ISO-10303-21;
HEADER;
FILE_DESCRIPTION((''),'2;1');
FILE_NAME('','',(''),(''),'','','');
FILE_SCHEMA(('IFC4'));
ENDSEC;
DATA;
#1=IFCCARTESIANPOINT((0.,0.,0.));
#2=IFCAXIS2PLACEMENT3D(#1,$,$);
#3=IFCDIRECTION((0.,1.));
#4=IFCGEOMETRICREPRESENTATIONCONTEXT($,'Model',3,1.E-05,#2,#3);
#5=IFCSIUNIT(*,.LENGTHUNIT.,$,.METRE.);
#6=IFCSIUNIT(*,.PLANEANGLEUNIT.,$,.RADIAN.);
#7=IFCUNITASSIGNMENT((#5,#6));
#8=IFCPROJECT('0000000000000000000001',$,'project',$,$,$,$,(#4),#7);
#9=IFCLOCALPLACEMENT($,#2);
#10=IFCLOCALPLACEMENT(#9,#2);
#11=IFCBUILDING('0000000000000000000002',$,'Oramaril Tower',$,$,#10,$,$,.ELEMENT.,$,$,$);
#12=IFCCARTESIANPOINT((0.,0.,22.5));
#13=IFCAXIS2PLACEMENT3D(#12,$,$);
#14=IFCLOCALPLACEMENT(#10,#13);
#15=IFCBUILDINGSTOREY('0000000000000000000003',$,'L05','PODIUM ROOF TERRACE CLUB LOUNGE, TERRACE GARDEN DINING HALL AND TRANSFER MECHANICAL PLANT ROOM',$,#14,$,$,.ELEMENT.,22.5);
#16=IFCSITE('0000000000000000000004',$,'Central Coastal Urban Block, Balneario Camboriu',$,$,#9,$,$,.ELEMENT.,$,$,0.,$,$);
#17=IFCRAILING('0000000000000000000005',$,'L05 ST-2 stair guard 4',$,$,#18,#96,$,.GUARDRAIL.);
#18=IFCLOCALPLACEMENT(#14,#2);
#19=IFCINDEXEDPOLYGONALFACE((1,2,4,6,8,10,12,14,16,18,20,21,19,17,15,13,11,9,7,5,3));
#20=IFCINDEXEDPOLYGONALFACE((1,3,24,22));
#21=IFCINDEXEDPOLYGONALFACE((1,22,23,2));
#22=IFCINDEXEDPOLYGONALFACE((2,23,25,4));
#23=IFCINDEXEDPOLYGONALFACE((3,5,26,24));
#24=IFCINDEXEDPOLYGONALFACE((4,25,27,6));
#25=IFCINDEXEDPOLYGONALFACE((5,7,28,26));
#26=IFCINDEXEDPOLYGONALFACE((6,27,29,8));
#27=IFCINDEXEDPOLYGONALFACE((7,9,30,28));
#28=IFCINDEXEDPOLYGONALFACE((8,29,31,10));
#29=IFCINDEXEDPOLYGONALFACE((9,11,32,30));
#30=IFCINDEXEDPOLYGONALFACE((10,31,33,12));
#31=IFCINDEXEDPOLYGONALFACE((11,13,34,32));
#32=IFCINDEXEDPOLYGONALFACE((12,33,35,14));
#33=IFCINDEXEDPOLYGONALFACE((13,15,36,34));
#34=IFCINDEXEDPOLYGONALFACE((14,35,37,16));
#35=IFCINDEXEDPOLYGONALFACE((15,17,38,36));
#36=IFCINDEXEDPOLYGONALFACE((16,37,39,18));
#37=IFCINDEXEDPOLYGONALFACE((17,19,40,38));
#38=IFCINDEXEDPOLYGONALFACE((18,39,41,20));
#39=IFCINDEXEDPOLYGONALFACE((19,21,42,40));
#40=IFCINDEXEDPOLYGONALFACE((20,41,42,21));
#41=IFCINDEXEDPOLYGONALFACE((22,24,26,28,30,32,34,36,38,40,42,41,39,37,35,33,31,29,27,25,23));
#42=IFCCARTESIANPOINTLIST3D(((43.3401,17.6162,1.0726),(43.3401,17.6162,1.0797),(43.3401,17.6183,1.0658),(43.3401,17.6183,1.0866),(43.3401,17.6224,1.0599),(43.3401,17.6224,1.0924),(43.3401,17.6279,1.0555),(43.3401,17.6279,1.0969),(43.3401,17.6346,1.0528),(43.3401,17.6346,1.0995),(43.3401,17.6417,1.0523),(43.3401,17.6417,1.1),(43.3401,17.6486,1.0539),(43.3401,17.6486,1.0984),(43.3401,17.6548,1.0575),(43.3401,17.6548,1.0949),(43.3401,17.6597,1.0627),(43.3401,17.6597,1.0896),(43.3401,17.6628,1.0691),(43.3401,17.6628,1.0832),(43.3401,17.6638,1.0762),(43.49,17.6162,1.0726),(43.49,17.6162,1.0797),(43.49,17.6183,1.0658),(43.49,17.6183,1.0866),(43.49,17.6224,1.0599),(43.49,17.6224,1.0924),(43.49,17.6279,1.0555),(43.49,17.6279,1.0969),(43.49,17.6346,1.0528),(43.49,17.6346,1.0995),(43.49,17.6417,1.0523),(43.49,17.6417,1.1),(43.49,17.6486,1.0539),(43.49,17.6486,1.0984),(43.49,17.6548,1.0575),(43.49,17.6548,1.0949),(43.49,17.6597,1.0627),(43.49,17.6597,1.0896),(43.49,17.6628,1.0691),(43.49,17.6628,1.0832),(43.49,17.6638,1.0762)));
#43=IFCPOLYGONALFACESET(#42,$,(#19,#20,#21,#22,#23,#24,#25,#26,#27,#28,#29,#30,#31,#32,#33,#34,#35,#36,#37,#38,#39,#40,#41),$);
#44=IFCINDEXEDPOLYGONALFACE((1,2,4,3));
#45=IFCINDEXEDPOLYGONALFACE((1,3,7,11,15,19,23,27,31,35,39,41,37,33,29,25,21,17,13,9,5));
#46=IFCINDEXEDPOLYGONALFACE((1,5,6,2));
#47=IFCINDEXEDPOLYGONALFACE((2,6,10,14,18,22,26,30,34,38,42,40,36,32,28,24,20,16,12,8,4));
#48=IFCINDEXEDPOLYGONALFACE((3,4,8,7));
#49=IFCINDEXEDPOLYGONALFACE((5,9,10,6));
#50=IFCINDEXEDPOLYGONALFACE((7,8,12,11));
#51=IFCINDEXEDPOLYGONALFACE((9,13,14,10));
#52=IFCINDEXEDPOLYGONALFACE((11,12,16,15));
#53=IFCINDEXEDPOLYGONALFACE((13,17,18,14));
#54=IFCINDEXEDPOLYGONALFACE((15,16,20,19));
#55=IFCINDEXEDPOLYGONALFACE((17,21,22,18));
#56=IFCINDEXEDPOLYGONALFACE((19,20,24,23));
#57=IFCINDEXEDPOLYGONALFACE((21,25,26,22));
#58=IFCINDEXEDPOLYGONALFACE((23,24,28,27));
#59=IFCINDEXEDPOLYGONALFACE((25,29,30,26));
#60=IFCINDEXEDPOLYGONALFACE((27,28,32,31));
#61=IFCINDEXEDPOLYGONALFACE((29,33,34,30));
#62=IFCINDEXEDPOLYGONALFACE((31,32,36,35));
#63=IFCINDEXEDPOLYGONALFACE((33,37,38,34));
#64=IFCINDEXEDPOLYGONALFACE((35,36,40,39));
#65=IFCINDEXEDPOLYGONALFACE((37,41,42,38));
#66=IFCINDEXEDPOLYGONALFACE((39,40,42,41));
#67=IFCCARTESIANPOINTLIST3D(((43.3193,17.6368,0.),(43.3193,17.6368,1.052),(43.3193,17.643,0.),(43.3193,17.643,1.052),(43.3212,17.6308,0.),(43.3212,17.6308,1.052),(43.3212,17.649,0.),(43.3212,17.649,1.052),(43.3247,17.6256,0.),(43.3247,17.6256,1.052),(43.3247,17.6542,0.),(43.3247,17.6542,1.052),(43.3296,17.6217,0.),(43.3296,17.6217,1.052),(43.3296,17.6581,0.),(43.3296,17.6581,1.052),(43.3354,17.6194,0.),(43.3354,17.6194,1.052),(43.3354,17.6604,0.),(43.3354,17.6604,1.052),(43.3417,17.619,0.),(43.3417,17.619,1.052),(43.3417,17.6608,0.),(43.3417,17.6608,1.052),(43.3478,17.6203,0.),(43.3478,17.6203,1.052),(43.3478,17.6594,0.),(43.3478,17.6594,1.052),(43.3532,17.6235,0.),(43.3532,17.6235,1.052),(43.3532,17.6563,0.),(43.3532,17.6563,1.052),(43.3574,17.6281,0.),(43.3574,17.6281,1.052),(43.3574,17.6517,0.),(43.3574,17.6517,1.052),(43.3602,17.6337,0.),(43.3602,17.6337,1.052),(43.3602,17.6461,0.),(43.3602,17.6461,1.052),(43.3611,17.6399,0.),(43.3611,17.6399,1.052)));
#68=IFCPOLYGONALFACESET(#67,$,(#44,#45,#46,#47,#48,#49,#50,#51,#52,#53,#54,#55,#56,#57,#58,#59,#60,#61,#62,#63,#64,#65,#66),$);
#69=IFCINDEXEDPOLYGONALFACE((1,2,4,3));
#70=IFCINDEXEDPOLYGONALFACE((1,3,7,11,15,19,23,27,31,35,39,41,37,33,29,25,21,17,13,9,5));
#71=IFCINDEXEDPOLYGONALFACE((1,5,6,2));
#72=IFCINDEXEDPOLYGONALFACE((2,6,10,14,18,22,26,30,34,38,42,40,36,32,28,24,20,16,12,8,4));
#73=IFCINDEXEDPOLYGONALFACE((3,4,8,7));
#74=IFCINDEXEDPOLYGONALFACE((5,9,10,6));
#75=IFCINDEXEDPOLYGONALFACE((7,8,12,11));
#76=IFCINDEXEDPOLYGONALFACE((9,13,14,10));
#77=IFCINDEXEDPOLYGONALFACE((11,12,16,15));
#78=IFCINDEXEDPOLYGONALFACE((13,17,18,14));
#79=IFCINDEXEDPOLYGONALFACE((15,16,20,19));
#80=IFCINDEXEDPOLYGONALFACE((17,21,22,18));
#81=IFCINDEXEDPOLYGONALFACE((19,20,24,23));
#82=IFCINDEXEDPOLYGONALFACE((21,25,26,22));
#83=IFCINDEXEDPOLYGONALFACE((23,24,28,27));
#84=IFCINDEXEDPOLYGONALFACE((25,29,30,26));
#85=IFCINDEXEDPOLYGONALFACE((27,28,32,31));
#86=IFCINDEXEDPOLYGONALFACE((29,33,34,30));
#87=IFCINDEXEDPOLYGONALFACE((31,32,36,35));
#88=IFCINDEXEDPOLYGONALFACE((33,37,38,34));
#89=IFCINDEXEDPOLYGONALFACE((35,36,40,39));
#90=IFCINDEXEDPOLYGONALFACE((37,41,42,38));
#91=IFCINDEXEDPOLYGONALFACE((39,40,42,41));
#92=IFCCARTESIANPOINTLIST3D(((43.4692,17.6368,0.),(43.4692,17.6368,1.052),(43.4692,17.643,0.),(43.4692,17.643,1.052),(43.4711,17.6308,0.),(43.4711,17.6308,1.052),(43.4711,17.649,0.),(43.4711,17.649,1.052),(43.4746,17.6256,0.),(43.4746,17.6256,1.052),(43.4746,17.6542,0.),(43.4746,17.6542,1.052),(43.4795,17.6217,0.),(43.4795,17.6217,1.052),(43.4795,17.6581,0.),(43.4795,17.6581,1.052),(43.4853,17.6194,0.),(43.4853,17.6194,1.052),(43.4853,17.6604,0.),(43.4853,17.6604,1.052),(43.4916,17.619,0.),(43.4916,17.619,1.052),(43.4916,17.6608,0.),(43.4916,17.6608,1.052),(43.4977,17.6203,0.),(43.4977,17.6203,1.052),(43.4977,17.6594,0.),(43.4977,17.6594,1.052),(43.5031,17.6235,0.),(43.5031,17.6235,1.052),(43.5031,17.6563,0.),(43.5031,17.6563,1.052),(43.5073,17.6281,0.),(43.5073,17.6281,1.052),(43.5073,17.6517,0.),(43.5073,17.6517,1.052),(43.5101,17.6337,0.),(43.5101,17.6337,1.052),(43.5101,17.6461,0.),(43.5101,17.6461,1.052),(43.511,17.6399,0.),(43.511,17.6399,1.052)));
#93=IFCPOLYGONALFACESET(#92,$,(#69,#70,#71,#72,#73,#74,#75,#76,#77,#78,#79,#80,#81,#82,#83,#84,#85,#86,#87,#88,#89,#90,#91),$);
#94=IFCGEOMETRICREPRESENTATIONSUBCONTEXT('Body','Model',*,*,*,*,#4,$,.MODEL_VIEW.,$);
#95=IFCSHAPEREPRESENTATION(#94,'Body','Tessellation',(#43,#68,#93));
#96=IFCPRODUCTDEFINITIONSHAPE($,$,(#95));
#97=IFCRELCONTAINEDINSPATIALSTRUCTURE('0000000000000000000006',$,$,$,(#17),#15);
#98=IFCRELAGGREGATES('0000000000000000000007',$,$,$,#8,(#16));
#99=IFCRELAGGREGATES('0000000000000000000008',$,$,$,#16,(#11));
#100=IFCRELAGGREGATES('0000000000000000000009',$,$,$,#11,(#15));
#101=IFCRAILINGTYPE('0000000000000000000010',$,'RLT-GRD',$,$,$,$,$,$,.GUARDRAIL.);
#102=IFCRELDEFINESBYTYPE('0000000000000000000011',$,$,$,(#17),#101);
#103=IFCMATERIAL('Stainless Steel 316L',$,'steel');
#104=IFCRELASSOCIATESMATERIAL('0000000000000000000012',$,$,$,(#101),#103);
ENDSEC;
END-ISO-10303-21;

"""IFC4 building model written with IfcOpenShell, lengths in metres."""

from ifc_helpers import new_model, si_unit, direction, frame, origin, origin_2d, place, context, subcontext, project, spatial, circle, extrude, material, type_object, element, save


model = new_model("IFC4")

# Units and contexts
model_context = context("Model", 3, precision=1e-05, world=origin(), true_north=direction((0.0, 1.0)))
body_context = subcontext(model_context, "Body", "Model", "MODEL_VIEW")
ifc_project = project(units=[si_unit("LENGTHUNIT", "METRE"), si_unit("PLANEANGLEUNIT", "RADIAN")], contexts=[model_context])

# Site, building, storey
site_placement = place(None, origin())
site = spatial("IfcSite", under=ifc_project, at=site_placement, Name="Central Coastal Urban Block, Balneario Camboriu", CompositionType="ELEMENT", RefElevation=0.0)
building_placement = place(site_placement, origin())
building = spatial("IfcBuilding", under=site, at=building_placement, Name="Oramaril Tower", CompositionType="ELEMENT")
storey_placement = place(building_placement, frame((0.0, 0.0, 22.5)))
storey = spatial("IfcBuildingStorey", under=building, at=storey_placement, Name="L05", Description="PODIUM ROOF TERRACE CLUB LOUNGE, TERRACE GARDEN DINING HALL AND TRANSFER MECHANICAL PLANT ROOM", CompositionType="ELEMENT", Elevation=22.5)

# Railing
ifc_material_1 = material(Name="Stainless Steel 316L", Category="steel")
railing_type_1 = type_object("IfcRailingType", Name="RLT-GRD", PredefinedType="GUARDRAIL", material=ifc_material_1)
railing_1_placement = place(storey_placement, frame((43.3401, 17.6399, 0.0)))
element("IfcRailing", 1, at=railing_1_placement, inside=storey, type_object=railing_type_1, Name="L05 ST-2 stair guard 4", PredefinedType="GUARDRAIL", context=body_context, shape_type="SweptSolid", body=[
    extrude(circle(Radius=0.0239, at=origin_2d()), frame((0.0, 0.0, 1.0762), z_axis=(1.0, 0.0, 0.0), x_axis=(0.0, 1.0, 0.0)), (0.0, 0.0, 1.0), 0.1499),
    extrude(circle(Radius=0.021, at=origin_2d()), origin(), (0.0, 0.0, 1.0), 1.052),
    extrude(circle(Radius=0.021, at=origin_2d()), frame((0.1499, 0.0, 0.0)), (0.0, 0.0, 1.0), 1.052),
])

save(model, "model.ifc")
